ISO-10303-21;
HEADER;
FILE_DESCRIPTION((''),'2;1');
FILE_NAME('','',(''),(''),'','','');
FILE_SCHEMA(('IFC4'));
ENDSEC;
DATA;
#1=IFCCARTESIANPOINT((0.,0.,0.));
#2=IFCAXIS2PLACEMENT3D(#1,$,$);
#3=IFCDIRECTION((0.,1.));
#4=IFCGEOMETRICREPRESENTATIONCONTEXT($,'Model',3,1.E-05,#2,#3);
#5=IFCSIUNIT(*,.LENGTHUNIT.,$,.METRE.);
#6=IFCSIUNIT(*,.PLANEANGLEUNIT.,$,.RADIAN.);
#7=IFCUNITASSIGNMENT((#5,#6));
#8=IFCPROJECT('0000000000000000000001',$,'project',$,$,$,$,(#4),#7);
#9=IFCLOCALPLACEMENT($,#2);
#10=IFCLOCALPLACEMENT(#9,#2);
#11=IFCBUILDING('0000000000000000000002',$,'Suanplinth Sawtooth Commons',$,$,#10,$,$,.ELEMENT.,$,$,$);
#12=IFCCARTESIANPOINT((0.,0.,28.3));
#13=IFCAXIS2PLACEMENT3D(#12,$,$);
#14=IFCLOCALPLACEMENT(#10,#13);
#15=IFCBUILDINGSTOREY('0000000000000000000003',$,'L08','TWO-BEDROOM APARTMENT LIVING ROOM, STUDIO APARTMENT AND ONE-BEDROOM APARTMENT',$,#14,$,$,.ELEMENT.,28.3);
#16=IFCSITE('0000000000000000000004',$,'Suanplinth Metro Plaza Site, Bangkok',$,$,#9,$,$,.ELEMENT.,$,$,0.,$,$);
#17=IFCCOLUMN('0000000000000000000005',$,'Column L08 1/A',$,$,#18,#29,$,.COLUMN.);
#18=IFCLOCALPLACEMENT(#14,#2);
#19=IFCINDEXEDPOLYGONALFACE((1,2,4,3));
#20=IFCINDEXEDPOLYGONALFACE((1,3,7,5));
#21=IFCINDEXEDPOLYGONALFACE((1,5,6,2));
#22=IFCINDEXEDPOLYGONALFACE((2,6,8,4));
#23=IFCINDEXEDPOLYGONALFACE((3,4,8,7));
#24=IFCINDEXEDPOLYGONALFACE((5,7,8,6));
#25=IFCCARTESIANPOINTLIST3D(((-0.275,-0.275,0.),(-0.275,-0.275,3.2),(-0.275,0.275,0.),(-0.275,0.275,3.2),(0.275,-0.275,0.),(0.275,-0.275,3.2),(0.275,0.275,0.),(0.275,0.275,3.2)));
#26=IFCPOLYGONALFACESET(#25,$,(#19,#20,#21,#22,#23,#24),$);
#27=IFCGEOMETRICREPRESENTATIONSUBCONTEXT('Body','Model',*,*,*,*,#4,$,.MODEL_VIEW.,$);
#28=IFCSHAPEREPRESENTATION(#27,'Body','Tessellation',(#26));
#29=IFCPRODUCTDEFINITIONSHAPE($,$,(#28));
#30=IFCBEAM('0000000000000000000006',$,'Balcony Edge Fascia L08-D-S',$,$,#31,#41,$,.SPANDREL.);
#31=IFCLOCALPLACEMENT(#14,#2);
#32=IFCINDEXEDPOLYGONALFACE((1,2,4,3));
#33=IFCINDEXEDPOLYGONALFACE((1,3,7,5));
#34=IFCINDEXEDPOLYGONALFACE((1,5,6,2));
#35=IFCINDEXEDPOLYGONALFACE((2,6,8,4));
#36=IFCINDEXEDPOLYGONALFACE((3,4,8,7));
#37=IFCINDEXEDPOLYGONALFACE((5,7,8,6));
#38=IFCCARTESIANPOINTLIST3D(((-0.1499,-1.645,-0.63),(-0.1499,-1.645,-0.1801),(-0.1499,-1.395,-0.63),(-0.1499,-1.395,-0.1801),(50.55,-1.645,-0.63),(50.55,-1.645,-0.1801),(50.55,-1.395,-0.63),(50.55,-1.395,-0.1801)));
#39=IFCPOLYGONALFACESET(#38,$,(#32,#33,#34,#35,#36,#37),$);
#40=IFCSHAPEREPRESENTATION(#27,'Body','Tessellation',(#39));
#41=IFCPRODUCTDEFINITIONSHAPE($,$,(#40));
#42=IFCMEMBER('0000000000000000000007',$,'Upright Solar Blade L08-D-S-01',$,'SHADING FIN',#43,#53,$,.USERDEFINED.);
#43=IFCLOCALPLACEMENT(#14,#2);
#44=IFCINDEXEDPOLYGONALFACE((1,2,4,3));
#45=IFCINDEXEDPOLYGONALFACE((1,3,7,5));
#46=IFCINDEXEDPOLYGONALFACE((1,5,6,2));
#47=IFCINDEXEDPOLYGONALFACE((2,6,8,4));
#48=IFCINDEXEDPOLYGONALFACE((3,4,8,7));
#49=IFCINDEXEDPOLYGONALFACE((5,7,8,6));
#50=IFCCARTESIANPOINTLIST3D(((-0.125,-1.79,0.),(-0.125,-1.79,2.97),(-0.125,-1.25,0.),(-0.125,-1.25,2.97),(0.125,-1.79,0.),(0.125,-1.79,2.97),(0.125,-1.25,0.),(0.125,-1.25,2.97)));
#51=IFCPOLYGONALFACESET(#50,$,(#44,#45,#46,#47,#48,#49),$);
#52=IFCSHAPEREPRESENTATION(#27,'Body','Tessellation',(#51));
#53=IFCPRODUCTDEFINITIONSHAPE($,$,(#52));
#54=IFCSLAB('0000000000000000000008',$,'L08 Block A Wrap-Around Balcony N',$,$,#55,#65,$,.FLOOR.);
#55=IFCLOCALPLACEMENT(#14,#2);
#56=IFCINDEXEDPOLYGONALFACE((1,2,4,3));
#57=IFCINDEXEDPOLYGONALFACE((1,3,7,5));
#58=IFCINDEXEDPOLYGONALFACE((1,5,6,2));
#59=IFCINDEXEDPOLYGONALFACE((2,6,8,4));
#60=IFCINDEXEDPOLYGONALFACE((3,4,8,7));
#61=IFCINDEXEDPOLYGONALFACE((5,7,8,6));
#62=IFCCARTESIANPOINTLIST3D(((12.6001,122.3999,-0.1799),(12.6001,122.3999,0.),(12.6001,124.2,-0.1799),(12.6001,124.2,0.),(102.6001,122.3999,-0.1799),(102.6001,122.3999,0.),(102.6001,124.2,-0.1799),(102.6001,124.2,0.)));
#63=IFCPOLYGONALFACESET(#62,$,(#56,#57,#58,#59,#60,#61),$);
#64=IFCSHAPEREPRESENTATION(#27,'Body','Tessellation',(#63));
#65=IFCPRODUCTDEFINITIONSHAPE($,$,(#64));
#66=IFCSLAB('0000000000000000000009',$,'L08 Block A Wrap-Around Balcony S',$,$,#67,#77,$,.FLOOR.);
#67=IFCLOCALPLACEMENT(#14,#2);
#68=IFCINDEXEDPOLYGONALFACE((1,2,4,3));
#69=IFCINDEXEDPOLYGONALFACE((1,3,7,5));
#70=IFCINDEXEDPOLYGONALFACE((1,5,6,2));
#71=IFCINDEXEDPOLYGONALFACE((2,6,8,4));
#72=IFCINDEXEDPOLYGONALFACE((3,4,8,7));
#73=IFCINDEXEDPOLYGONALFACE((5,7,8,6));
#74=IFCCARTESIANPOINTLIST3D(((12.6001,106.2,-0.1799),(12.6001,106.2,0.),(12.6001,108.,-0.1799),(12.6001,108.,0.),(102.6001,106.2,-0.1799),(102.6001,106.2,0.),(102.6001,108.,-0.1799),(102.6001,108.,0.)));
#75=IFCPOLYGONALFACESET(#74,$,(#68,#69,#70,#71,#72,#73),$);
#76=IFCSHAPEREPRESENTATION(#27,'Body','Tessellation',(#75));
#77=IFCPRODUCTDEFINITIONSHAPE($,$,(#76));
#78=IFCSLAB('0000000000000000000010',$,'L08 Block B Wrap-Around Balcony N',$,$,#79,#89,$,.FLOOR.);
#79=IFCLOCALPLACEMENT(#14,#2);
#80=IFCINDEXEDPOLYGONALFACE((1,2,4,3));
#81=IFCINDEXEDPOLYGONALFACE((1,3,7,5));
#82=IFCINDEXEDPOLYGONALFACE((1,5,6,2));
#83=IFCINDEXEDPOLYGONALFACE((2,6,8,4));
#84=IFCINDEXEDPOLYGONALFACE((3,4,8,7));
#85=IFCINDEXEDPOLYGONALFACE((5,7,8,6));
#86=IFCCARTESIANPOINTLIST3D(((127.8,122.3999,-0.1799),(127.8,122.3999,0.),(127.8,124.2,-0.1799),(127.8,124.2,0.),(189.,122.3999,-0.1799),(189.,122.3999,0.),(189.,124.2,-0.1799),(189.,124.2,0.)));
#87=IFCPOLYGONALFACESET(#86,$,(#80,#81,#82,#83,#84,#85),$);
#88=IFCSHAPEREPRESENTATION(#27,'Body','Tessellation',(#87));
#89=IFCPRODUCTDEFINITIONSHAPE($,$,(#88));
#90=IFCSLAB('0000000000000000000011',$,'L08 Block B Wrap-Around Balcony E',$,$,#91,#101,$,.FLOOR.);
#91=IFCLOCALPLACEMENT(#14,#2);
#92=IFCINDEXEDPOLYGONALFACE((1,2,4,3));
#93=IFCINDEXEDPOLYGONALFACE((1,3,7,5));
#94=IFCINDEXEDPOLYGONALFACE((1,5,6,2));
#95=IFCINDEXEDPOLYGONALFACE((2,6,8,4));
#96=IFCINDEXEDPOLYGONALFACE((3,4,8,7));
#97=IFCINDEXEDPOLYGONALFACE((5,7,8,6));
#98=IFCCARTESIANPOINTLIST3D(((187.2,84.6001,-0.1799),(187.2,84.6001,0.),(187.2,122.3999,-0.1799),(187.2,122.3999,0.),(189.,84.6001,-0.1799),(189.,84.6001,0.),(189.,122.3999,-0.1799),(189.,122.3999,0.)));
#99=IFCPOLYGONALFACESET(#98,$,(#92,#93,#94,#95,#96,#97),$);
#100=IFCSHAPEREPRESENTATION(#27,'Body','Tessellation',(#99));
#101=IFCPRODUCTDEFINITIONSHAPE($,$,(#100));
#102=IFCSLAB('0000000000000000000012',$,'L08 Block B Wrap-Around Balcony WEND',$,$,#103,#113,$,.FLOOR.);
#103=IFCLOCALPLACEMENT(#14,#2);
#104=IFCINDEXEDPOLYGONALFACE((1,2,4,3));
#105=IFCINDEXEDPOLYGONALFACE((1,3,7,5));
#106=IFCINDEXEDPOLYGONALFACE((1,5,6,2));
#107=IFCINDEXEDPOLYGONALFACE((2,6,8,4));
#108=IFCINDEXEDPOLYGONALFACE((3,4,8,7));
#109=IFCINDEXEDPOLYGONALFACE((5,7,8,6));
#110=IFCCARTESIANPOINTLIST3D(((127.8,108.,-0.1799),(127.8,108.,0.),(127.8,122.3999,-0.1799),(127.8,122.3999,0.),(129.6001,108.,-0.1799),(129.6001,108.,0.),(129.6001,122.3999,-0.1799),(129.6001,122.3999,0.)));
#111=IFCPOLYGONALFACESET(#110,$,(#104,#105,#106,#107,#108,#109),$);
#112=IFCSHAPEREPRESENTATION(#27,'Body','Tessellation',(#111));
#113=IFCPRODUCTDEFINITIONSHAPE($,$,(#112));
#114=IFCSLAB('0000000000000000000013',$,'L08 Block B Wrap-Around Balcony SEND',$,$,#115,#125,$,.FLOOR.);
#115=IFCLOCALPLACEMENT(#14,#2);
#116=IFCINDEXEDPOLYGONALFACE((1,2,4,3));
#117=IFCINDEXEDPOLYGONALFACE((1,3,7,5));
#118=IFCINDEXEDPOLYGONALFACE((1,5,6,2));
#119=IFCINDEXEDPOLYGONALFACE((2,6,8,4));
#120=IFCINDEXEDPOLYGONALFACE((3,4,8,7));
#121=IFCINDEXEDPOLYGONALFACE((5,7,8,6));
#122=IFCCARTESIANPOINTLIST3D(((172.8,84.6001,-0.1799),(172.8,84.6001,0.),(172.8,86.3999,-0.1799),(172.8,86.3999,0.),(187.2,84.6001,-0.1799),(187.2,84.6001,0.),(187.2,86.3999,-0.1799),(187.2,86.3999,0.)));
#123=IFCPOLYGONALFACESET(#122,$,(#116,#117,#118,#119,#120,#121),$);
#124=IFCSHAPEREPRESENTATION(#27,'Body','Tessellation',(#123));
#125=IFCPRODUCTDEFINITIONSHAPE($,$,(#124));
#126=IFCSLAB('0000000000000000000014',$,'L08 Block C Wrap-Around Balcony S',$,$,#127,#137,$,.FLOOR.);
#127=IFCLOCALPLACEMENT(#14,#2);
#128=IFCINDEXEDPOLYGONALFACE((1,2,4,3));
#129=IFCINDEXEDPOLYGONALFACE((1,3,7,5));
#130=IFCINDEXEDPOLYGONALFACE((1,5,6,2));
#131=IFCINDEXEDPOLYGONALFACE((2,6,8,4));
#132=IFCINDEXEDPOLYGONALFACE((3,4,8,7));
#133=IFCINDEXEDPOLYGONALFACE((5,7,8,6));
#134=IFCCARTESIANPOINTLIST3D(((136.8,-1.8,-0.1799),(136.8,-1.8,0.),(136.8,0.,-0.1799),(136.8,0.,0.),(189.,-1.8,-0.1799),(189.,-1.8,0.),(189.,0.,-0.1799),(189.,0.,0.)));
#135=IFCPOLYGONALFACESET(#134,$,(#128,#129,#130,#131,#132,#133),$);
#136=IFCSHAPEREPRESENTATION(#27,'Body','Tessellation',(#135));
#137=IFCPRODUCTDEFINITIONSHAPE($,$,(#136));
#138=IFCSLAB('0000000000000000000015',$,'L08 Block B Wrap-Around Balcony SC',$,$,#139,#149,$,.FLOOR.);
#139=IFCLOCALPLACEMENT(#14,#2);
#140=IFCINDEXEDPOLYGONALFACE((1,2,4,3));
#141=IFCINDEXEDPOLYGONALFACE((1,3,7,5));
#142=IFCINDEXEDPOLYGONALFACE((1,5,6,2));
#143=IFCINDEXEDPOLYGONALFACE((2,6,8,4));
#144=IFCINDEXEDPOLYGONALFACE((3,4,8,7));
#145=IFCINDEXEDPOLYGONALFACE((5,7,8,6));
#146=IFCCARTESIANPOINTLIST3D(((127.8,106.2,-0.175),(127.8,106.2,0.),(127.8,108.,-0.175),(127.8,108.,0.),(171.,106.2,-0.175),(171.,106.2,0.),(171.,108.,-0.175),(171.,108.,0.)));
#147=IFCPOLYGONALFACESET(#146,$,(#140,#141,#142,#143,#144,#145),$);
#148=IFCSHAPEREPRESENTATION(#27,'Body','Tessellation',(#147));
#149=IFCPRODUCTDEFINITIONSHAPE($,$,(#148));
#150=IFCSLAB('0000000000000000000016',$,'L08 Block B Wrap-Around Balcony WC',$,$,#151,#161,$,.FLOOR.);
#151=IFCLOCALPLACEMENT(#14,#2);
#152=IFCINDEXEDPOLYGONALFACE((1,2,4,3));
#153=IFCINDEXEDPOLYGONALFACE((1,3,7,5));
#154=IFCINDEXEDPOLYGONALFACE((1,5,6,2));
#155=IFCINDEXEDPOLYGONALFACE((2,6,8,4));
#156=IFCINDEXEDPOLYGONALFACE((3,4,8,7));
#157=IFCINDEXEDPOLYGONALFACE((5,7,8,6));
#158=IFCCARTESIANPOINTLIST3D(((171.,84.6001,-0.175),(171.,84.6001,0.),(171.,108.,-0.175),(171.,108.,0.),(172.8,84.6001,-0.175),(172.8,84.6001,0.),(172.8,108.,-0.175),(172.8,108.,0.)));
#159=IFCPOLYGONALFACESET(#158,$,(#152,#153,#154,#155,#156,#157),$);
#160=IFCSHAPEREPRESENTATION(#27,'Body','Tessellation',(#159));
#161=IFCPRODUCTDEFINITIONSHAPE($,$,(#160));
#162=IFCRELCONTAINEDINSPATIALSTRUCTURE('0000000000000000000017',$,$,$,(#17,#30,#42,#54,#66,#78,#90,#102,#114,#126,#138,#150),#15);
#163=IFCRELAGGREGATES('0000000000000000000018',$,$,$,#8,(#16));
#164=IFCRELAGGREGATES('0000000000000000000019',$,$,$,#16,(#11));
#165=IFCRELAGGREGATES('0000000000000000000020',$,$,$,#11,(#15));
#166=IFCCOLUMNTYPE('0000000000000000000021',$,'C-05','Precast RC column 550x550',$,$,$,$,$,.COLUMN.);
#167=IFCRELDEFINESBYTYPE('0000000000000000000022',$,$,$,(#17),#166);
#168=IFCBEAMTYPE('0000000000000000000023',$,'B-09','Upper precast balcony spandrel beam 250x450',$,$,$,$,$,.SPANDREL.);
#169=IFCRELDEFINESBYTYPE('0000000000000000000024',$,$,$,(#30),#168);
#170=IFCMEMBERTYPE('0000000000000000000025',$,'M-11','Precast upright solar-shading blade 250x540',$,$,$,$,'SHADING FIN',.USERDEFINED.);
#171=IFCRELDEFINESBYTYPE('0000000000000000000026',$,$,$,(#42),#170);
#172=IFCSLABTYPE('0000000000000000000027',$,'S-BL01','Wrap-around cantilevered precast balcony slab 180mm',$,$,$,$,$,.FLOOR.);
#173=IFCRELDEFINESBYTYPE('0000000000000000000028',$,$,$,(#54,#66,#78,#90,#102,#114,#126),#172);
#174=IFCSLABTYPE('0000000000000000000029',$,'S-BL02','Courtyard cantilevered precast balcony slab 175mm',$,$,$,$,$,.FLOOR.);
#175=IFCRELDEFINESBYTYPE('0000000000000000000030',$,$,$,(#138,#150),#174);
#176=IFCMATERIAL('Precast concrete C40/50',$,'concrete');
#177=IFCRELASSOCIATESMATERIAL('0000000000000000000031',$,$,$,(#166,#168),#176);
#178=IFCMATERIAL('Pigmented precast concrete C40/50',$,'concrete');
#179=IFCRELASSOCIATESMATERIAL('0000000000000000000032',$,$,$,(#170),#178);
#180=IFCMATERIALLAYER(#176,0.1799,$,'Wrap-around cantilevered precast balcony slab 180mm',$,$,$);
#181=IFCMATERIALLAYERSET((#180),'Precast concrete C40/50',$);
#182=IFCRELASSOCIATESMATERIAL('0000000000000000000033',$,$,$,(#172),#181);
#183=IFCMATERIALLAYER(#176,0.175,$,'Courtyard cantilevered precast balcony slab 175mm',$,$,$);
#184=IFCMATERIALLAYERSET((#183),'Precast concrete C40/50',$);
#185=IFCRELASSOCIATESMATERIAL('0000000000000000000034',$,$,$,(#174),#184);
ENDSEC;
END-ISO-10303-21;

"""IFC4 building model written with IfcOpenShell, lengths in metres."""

from ifc_helpers import new_model, si_unit, direction, frame, origin, origin_with_axes, origin_2d, place, context, subcontext, project, spatial, polyline, rectangle, outline, extrude, material, layer, layer_set, material_profile, profile_set, type_object, element, save


model = new_model("IFC4")

# Units and contexts
model_context = context("Model", 3, precision=1e-05, world=origin(), true_north=direction((0.0, 1.0)))
body_context = subcontext(model_context, "Body", "Model", "MODEL_VIEW")
ifc_project = project(units=[si_unit("LENGTHUNIT", "METRE"), si_unit("PLANEANGLEUNIT", "RADIAN")], contexts=[model_context])

# Site, building, storey
site_placement = place(None, origin())
site = spatial("IfcSite", under=ifc_project, at=site_placement, Name="Suanplinth Metro Plaza Site, Bangkok", CompositionType="ELEMENT", RefElevation=0.0)
building_placement = place(site_placement, origin())
building = spatial("IfcBuilding", under=site, at=building_placement, Name="Suanplinth Sawtooth Commons", CompositionType="ELEMENT")
storey_placement = place(building_placement, frame((0.0, 0.0, 28.3)))
storey = spatial("IfcBuildingStorey", under=building, at=storey_placement, Name="L08", Description="TWO-BEDROOM APARTMENT LIVING ROOM, STUDIO APARTMENT AND ONE-BEDROOM APARTMENT", CompositionType="ELEMENT", Elevation=28.3)

# Column
ifc_material_1 = material(Name="Precast concrete C40/50", Category="concrete")
ifc_material_profile_1 = material_profile(ifc_material_1, rectangle(XDim=0.55, YDim=0.55, at=origin_2d()), Name="PC-COL 550x550")
ifc_profile_set_1 = profile_set([ifc_material_profile_1], Name="Precast concrete C40/50")
column_type = type_object("IfcColumnType", Name="C-05", Description="Precast RC column 550x550", PredefinedType="COLUMN", material=ifc_profile_set_1)
column_placement = place(storey_placement, origin_with_axes())
element("IfcColumn", 1, at=column_placement, inside=storey, type_object=column_type, Name="Column L08 1/A", PredefinedType="COLUMN", context=body_context, shape_type="SweptSolid", body=[
    extrude(rectangle(XDim=0.55, YDim=0.55, at=origin_2d()), origin(), (0.0, 0.0, 1.0), 3.2),
])

# Beam
ifc_material_profile_2 = material_profile(ifc_material_1, rectangle(XDim=0.25, YDim=0.45, at=origin_2d()), Name="PC-SP 250x450")
ifc_profile_set_2 = profile_set([ifc_material_profile_2], Name="Precast concrete C40/50")
beam_type = type_object("IfcBeamType", Name="B-09", Description="Upper precast balcony spandrel beam 250x450", PredefinedType="SPANDREL", material=ifc_profile_set_2)
beam_placement = place(storey_placement, frame((-0.1499, -1.52, -0.405), z_axis=(1.0, 0.0, 0.0), x_axis=(0.0, 1.0, 0.0)))
element("IfcBeam", 2, at=beam_placement, inside=storey, type_object=beam_type, Name="Balcony Edge Fascia L08-D-S", PredefinedType="SPANDREL", context=body_context, shape_type="SweptSolid", body=[
    extrude(rectangle(XDim=0.25, YDim=0.45, at=origin_2d()), origin(), (0.0, 0.0, 1.0), 50.7),
])

# Member
ifc_material_2 = material(Name="Pigmented precast concrete C40/50", Category="concrete")
ifc_material_profile_3 = material_profile(ifc_material_2, rectangle(XDim=0.25, YDim=0.54, at=origin_2d()), Name="PC-FIN 250x540")
ifc_profile_set_3 = profile_set([ifc_material_profile_3], Name="Pigmented precast concrete C40/50")
member_type = type_object("IfcMemberType", Name="M-11", Description="Precast upright solar-shading blade 250x540", ElementType="SHADING FIN", PredefinedType="USERDEFINED", material=ifc_profile_set_3)
member_placement = place(storey_placement, frame((0.0, -1.52, 0.0), z_axis=(0.0, 0.0, 1.0), x_axis=(1.0, 0.0, 0.0)))
element("IfcMember", 3, at=member_placement, inside=storey, type_object=member_type, Name="Upright Solar Blade L08-D-S-01", ObjectType="SHADING FIN", PredefinedType="USERDEFINED", context=body_context, shape_type="SweptSolid", body=[
    extrude(rectangle(XDim=0.25, YDim=0.54, at=origin_2d()), origin(), (0.0, 0.0, 1.0), 2.97),
])

# Slabs
ifc_layer_1 = layer(ifc_material_1, 0.1799, Name="Wrap-around cantilevered precast balcony slab 180mm")
ifc_layer_set_1 = layer_set([ifc_layer_1], Name="Precast concrete C40/50")
slab_type_1 = type_object("IfcSlabType", Name="S-BL01", Description="Wrap-around cantilevered precast balcony slab 180mm", PredefinedType="FLOOR", material=ifc_layer_set_1)
slab_1_placement = place(storey_placement, frame((0.0, 0.0, -0.1799)))
element("IfcSlab", 4, at=slab_1_placement, inside=storey, type_object=slab_type_1, Name="L08 Block A Wrap-Around Balcony N", PredefinedType="FLOOR", context=body_context, shape_type="SweptSolid", body=[
    extrude(outline(polyline([(12.6001, 124.2), (102.6001, 124.2), (102.6001, 122.3999), (12.6001, 122.3999), (12.6001, 124.2)])), origin(), (0.0, 0.0, 1.0), 0.1799),
])
slab_2_placement = place(storey_placement, frame((0.0, 0.0, -0.1799)))
element("IfcSlab", 5, at=slab_2_placement, inside=storey, type_object=slab_type_1, Name="L08 Block A Wrap-Around Balcony S", PredefinedType="FLOOR", context=body_context, shape_type="SweptSolid", body=[
    extrude(outline(polyline([(102.6001, 106.2), (12.6001, 106.2), (12.6001, 108.0), (102.6001, 108.0), (102.6001, 106.2)])), origin(), (0.0, 0.0, 1.0), 0.1799),
])
slab_3_placement = place(storey_placement, frame((0.0, 0.0, -0.1799)))
element("IfcSlab", 6, at=slab_3_placement, inside=storey, type_object=slab_type_1, Name="L08 Block B Wrap-Around Balcony N", PredefinedType="FLOOR", context=body_context, shape_type="SweptSolid", body=[
    extrude(outline(polyline([(127.8, 122.3999), (127.8, 124.2), (189.0, 124.2), (189.0, 122.3999), (127.8, 122.3999)])), origin(), (0.0, 0.0, 1.0), 0.1799),
])
slab_4_placement = place(storey_placement, frame((0.0, 0.0, -0.1799)))
element("IfcSlab", 7, at=slab_4_placement, inside=storey, type_object=slab_type_1, Name="L08 Block B Wrap-Around Balcony E", PredefinedType="FLOOR", context=body_context, shape_type="SweptSolid", body=[
    extrude(outline(polyline([(189.0, 122.3999), (189.0, 84.6001), (187.2, 84.6001), (187.2, 122.3999), (189.0, 122.3999)])), origin(), (0.0, 0.0, 1.0), 0.1799),
])
slab_5_placement = place(storey_placement, frame((0.0, 0.0, -0.1799)))
element("IfcSlab", 8, at=slab_5_placement, inside=storey, type_object=slab_type_1, Name="L08 Block B Wrap-Around Balcony WEND", PredefinedType="FLOOR", context=body_context, shape_type="SweptSolid", body=[
    extrude(outline(polyline([(129.6001, 108.0), (127.8, 108.0), (127.8, 122.3999), (129.6001, 122.3999), (129.6001, 108.0)])), origin(), (0.0, 0.0, 1.0), 0.1799),
])
slab_6_placement = place(storey_placement, frame((0.0, 0.0, -0.1799)))
element("IfcSlab", 9, at=slab_6_placement, inside=storey, type_object=slab_type_1, Name="L08 Block B Wrap-Around Balcony SEND", PredefinedType="FLOOR", context=body_context, shape_type="SweptSolid", body=[
    extrude(outline(polyline([(187.2, 84.6001), (172.8, 84.6001), (172.8, 86.3999), (187.2, 86.3999), (187.2, 84.6001)])), origin(), (0.0, 0.0, 1.0), 0.1799),
])
slab_7_placement = place(storey_placement, frame((0.0, 0.0, -0.1799)))
element("IfcSlab", 10, at=slab_7_placement, inside=storey, type_object=slab_type_1, Name="L08 Block C Wrap-Around Balcony S", PredefinedType="FLOOR", context=body_context, shape_type="SweptSolid", body=[
    extrude(outline(polyline([(189.0, 0.0), (189.0, -1.8), (136.8, -1.8), (136.8, 0.0), (189.0, 0.0)])), origin(), (0.0, 0.0, 1.0), 0.1799),
])
ifc_layer_2 = layer(ifc_material_1, 0.175, Name="Courtyard cantilevered precast balcony slab 175mm")
ifc_layer_set_2 = layer_set([ifc_layer_2], Name="Precast concrete C40/50")
slab_type_2 = type_object("IfcSlabType", Name="S-BL02", Description="Courtyard cantilevered precast balcony slab 175mm", PredefinedType="FLOOR", material=ifc_layer_set_2)
slab_8_placement = place(storey_placement, frame((0.0, 0.0, -0.175)))
element("IfcSlab", 11, at=slab_8_placement, inside=storey, type_object=slab_type_2, Name="L08 Block B Wrap-Around Balcony SC", PredefinedType="FLOOR", context=body_context, shape_type="SweptSolid", body=[
    extrude(outline(polyline([(171.0, 106.2), (127.8, 106.2), (127.8, 108.0), (171.0, 108.0), (171.0, 106.2)])), origin(), (0.0, 0.0, 1.0), 0.175),
])
slab_9_placement = place(storey_placement, frame((0.0, 0.0, -0.175)))
element("IfcSlab", 12, at=slab_9_placement, inside=storey, type_object=slab_type_2, Name="L08 Block B Wrap-Around Balcony WC", PredefinedType="FLOOR", context=body_context, shape_type="SweptSolid", body=[
    extrude(outline(polyline([(172.8, 84.6001), (171.0, 84.6001), (171.0, 108.0), (172.8, 108.0), (172.8, 84.6001)])), origin(), (0.0, 0.0, 1.0), 0.175),
])

save(model, "model.ifc")
